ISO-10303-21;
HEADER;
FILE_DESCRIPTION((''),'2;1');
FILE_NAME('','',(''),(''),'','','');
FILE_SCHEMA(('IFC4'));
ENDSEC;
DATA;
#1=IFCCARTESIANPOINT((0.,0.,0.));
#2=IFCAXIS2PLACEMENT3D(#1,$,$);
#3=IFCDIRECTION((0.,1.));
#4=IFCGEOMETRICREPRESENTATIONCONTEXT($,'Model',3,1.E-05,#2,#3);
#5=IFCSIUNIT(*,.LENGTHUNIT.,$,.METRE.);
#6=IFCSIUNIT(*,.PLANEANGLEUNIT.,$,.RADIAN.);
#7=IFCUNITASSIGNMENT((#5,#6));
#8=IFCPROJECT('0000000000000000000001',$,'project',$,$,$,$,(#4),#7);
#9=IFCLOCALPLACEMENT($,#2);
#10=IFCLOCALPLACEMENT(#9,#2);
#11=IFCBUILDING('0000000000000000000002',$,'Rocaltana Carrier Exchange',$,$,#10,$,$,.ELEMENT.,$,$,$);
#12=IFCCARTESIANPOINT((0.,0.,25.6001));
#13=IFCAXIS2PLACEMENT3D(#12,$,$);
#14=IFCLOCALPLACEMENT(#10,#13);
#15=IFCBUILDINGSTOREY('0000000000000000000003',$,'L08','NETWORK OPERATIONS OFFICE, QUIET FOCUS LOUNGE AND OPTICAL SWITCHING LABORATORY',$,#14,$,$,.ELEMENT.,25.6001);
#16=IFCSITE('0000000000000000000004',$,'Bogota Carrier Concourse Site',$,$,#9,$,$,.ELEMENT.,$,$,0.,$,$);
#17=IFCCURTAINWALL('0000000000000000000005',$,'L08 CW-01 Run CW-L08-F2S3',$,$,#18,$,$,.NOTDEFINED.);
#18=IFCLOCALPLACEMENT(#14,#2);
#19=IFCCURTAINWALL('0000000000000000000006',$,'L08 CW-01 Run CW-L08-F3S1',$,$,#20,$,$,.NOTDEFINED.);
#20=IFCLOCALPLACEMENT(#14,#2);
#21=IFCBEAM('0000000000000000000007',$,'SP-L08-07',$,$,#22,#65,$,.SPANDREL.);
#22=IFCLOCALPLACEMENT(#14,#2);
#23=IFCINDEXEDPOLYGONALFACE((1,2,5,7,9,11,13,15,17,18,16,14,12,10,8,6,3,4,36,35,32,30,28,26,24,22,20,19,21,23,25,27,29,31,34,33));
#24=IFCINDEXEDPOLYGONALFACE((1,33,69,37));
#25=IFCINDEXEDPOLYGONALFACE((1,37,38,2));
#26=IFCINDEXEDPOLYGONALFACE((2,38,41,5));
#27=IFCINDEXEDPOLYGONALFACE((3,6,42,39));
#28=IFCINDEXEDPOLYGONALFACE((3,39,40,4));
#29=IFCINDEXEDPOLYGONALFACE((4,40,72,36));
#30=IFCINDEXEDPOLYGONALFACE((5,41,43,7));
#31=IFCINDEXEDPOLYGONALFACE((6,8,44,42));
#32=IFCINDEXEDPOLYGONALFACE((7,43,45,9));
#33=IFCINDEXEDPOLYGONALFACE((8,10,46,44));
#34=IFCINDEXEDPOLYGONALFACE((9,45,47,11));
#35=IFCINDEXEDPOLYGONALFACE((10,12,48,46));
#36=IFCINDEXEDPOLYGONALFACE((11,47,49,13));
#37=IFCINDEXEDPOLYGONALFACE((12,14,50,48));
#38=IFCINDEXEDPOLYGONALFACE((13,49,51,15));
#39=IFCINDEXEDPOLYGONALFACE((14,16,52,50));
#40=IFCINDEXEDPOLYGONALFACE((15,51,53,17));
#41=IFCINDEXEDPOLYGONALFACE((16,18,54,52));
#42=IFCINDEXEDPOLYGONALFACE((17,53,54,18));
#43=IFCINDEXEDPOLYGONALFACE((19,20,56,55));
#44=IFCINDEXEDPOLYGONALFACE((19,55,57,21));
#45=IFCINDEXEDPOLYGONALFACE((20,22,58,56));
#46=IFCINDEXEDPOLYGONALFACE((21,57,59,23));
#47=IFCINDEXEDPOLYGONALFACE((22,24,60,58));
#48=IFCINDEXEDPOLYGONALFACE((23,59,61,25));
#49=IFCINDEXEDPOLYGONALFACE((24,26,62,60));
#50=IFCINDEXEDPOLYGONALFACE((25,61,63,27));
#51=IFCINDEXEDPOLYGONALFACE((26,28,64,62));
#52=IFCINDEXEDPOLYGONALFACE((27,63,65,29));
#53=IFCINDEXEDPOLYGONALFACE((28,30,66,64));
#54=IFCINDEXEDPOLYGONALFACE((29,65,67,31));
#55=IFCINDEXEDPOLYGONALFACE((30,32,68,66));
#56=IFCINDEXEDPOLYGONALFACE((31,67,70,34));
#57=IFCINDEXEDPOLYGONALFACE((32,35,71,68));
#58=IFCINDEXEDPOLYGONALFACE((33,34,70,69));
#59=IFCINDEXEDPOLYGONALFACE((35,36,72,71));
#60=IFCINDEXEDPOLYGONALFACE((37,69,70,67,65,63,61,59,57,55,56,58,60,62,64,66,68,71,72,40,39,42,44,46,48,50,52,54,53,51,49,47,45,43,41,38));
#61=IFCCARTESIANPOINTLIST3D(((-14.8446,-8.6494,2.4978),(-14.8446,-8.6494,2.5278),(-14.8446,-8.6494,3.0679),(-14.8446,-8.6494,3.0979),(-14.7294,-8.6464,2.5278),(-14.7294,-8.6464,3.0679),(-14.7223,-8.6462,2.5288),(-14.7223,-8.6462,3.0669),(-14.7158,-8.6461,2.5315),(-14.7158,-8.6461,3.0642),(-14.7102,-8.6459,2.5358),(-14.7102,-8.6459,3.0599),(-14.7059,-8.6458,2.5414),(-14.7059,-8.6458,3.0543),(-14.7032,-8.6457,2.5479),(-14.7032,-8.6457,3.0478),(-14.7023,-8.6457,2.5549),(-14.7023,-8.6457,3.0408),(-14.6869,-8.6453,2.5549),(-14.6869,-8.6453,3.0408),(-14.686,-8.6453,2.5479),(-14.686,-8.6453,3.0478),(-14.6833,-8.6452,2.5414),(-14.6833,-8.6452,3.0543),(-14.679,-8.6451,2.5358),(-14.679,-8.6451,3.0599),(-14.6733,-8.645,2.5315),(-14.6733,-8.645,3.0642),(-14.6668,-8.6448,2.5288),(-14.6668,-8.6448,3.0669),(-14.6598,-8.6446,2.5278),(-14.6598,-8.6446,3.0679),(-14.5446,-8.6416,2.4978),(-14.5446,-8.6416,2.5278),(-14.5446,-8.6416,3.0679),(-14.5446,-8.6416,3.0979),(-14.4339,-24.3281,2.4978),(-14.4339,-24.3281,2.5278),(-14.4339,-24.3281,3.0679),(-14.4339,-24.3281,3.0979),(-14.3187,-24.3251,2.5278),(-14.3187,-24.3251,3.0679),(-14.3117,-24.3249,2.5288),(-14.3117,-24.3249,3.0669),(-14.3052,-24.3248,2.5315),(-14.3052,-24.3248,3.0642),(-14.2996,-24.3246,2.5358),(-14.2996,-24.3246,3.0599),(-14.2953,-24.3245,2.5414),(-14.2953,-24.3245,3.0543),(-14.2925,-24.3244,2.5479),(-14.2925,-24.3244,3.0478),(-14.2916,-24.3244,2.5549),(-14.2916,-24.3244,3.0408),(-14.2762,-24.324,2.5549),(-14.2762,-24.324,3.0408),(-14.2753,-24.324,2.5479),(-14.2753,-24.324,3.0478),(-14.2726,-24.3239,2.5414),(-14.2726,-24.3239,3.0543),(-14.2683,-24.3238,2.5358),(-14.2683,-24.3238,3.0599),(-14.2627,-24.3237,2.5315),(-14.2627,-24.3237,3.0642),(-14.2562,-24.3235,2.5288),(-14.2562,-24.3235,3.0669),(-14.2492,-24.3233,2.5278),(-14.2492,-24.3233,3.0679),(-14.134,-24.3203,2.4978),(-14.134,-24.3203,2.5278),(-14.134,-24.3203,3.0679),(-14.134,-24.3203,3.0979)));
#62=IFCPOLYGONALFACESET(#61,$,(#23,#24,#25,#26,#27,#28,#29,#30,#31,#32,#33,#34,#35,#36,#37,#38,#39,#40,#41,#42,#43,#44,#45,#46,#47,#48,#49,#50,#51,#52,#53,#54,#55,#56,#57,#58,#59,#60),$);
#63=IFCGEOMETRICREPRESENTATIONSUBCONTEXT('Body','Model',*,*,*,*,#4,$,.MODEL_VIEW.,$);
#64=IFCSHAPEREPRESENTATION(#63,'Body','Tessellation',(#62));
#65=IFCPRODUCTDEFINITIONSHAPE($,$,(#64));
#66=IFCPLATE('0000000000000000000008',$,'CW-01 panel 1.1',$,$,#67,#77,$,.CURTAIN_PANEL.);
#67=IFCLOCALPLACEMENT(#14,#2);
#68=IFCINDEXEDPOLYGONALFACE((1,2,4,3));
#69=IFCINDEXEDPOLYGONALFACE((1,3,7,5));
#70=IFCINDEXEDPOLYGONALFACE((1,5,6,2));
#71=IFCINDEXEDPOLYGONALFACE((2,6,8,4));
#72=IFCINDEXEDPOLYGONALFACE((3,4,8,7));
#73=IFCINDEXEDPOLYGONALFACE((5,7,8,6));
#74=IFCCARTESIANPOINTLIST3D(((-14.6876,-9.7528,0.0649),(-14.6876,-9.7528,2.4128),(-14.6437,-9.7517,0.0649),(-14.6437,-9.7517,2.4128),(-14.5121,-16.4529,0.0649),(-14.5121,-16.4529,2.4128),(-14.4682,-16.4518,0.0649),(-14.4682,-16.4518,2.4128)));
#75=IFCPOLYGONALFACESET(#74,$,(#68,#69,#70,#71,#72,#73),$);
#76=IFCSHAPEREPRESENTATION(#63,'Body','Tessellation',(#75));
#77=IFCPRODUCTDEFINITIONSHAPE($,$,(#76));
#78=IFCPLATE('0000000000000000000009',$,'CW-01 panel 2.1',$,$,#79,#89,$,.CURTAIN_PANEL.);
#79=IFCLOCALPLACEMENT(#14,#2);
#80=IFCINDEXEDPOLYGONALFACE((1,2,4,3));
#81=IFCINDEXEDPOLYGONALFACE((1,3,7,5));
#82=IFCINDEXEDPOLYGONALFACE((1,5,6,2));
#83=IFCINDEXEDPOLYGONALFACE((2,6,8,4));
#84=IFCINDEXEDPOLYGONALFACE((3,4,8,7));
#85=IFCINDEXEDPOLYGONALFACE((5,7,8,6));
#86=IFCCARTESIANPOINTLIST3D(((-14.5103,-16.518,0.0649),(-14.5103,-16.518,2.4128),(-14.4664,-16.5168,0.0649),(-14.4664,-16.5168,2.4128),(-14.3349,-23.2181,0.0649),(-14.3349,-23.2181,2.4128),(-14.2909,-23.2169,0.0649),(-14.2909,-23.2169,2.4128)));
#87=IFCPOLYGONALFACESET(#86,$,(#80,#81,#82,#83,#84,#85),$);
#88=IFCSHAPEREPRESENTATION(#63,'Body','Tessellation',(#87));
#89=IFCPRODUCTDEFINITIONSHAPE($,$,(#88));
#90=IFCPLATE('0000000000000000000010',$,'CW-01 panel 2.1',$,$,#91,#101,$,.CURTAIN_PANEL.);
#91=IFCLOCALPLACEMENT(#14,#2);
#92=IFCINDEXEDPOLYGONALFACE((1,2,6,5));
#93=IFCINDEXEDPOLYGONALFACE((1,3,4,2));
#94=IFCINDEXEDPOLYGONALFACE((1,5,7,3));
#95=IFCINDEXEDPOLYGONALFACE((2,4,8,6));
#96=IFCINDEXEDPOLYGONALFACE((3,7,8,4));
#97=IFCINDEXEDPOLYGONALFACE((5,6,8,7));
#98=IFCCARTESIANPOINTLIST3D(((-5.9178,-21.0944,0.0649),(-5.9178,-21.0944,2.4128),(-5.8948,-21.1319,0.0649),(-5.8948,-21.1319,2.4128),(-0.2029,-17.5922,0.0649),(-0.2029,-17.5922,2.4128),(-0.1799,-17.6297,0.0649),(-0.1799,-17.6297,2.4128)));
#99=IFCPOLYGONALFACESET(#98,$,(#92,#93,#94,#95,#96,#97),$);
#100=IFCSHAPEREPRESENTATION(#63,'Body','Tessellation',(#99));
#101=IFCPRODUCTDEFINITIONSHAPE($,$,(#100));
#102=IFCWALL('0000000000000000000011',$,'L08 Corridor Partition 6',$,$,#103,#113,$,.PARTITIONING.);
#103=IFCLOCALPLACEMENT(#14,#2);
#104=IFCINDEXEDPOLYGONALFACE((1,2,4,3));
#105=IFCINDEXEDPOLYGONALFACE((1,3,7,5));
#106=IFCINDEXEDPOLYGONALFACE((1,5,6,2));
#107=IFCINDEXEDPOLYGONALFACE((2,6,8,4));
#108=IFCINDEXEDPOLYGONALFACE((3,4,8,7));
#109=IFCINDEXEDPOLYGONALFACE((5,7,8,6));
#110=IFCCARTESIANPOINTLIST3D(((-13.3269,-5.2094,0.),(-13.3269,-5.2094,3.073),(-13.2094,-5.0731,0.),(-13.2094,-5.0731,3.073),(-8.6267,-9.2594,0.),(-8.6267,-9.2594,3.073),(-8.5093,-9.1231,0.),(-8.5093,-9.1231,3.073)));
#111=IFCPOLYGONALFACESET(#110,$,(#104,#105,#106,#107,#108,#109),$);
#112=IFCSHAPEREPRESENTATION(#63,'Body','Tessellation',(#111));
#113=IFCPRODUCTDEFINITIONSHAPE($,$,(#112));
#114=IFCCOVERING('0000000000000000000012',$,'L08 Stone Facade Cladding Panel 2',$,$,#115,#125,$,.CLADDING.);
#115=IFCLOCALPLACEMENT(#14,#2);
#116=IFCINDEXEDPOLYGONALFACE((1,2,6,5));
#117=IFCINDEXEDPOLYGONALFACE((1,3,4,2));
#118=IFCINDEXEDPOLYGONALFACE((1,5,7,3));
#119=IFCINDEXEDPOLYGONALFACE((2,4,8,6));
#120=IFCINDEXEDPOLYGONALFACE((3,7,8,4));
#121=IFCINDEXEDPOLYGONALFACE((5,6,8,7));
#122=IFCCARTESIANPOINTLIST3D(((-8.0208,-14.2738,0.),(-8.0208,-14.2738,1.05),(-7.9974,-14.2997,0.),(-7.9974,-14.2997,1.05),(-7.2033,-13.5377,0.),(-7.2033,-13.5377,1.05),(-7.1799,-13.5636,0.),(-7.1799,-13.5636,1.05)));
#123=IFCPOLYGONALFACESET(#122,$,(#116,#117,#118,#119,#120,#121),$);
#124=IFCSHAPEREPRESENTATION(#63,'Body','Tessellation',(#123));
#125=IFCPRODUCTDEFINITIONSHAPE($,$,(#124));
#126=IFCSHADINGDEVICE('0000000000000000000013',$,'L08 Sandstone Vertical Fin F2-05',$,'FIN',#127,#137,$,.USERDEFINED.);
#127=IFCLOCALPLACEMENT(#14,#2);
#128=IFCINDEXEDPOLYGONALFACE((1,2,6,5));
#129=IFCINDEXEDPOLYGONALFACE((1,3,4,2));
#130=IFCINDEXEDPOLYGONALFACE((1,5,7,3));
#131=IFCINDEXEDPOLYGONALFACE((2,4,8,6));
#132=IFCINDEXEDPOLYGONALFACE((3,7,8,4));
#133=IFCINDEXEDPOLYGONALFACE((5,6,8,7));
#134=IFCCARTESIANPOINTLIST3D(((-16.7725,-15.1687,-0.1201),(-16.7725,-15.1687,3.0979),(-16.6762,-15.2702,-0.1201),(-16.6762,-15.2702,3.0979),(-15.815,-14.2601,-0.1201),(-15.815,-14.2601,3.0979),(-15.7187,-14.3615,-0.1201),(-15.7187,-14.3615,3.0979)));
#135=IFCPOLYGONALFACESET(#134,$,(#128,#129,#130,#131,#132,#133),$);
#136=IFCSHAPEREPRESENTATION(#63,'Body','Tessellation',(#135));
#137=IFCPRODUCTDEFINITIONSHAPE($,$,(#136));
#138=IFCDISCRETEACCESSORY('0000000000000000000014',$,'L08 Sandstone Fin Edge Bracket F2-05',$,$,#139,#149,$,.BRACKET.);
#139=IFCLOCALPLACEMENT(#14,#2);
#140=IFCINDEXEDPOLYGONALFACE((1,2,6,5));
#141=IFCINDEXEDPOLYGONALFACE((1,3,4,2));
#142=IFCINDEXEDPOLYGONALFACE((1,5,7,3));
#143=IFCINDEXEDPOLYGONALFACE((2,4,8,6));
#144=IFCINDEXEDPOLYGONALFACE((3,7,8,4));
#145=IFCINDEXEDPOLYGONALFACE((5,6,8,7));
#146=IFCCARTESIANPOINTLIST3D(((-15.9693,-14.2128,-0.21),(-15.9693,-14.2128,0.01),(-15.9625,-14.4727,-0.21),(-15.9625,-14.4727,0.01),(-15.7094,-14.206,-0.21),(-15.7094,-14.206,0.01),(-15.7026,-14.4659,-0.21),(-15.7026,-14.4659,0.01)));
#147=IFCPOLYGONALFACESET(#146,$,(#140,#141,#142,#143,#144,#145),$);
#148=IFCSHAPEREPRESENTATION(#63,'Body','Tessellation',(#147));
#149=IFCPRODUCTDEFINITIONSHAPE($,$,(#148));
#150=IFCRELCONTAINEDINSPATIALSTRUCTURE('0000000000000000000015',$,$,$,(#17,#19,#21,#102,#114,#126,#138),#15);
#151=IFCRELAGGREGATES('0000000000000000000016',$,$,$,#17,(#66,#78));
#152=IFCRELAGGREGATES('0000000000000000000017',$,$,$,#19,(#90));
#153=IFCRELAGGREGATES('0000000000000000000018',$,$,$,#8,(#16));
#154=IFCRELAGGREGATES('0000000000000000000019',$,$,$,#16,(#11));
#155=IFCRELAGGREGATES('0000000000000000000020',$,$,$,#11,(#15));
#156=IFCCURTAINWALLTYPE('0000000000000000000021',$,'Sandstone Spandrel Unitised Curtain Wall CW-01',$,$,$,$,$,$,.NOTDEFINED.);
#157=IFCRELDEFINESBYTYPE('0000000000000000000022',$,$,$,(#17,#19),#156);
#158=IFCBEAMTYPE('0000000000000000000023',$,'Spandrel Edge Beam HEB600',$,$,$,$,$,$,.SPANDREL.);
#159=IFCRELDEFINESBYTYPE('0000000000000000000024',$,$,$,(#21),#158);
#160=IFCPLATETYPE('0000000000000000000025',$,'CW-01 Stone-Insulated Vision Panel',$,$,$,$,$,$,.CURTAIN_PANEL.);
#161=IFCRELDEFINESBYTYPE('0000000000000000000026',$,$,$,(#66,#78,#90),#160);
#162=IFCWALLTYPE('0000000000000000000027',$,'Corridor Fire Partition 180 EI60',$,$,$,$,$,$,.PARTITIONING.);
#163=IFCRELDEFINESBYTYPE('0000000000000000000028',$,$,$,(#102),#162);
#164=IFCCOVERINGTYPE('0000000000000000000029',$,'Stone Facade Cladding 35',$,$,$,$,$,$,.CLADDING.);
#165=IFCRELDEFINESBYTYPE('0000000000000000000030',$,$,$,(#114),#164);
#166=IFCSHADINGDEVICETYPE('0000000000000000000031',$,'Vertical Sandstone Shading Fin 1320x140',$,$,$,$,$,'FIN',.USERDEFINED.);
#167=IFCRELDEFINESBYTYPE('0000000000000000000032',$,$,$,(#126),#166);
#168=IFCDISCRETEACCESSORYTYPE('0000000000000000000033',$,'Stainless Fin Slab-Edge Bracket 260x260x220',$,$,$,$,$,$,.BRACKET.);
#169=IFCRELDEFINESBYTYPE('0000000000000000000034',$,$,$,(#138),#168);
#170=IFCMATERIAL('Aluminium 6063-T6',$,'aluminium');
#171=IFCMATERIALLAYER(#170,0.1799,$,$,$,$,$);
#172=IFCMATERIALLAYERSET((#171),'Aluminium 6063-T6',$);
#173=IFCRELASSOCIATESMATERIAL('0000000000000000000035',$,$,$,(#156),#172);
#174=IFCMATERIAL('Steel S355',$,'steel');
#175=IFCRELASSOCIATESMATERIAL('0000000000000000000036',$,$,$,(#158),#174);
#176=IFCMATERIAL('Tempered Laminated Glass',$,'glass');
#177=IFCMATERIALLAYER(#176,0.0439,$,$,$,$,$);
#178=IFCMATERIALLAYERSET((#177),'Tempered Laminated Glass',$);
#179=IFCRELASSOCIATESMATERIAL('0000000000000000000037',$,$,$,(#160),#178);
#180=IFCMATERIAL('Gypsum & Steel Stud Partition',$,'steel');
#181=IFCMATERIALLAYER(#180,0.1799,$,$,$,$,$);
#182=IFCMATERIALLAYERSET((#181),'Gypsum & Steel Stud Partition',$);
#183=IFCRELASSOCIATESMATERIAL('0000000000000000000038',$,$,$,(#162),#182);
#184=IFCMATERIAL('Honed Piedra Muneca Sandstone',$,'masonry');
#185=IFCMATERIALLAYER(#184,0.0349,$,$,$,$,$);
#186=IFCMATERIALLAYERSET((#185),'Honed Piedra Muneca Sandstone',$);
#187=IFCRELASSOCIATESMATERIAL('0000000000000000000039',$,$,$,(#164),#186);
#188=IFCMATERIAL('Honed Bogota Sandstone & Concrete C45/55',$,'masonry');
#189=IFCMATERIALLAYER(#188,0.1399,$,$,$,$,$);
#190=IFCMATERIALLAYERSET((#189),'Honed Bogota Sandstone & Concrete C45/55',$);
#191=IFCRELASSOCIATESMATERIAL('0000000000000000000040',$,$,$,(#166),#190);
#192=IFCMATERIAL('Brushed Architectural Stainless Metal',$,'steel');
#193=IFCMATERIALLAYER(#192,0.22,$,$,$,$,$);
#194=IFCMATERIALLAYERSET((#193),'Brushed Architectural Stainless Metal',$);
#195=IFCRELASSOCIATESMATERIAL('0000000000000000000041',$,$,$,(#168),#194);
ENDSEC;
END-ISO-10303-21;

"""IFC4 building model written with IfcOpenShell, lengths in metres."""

from ifc_helpers import new_model, si_unit, direction, frame, frame_2d, origin, origin_2d, place, context, subcontext, project, spatial, rectangle, i_section, extrude, material, layer, layer_set, material_profile, profile_set, type_object, element, aggregate, save


model = new_model("IFC4")

# Units and contexts
model_context = context("Model", 3, precision=1e-05, world=origin(), true_north=direction((0.0, 1.0)))
body_context = subcontext(model_context, "Body", "Model", "MODEL_VIEW")
ifc_project = project(units=[si_unit("LENGTHUNIT", "METRE"), si_unit("PLANEANGLEUNIT", "RADIAN")], contexts=[model_context])

# Site, building, storey
site_placement = place(None, origin())
site = spatial("IfcSite", under=ifc_project, at=site_placement, Name="Bogota Carrier Concourse Site", CompositionType="ELEMENT", RefElevation=0.0)
building_placement = place(site_placement, origin())
building = spatial("IfcBuilding", under=site, at=building_placement, Name="Rocaltana Carrier Exchange", CompositionType="ELEMENT")
storey_placement = place(building_placement, frame((0.0, 0.0, 25.6001)))
storey = spatial("IfcBuildingStorey", under=building, at=storey_placement, Name="L08", Description="NETWORK OPERATIONS OFFICE, QUIET FOCUS LOUNGE AND OPTICAL SWITCHING LABORATORY", CompositionType="ELEMENT", Elevation=25.6001)

# Curtain wall
ifc_material_1 = material(Name="Aluminium 6063-T6", Category="aluminium")
ifc_layer_1 = layer(ifc_material_1, 0.1799)
ifc_layer_set_1 = layer_set([ifc_layer_1], Name="Aluminium 6063-T6")
curtain_wall_type = type_object("IfcCurtainWallType", Name="Sandstone Spandrel Unitised Curtain Wall CW-01", PredefinedType="NOTDEFINED", material=ifc_layer_set_1)
curtain_wall_1_placement = place(storey_placement, origin())
curtain_wall_1 = element("IfcCurtainWall", 1, at=curtain_wall_1_placement, inside=storey, type_object=curtain_wall_type, Name="L08 CW-01 Run CW-L08-F2S3", PredefinedType="NOTDEFINED")

# Curtain wall
curtain_wall_2_placement = place(storey_placement, origin())
curtain_wall_2 = element("IfcCurtainWall", 2, at=curtain_wall_2_placement, inside=storey, type_object=curtain_wall_type, Name="L08 CW-01 Run CW-L08-F3S1", PredefinedType="NOTDEFINED")

# Beam
ifc_material_2 = material(Name="Steel S355", Category="steel")
ifc_material_profile_1 = material_profile(ifc_material_2, i_section(OverallWidth=0.3, OverallDepth=0.6001, WebThickness=0.0154, FlangeThickness=0.03, FilletRadius=0.0271, at=origin_2d()), Name="HEB600")
ifc_profile_set_1 = profile_set([ifc_material_profile_1], Name="Steel S355")
beam_type_1 = type_object("IfcBeamType", Name="Spandrel Edge Beam HEB600", PredefinedType="SPANDREL", material=ifc_profile_set_1)
beam_1_placement = place(storey_placement, frame((-14.6946, -8.6455, 2.7979), z_axis=(0.026182, -0.999657, 0.0), x_axis=(0.999657, 0.026182, 0.0)))
element("IfcBeam", 3, at=beam_1_placement, inside=storey, type_object=beam_type_1, Name="SP-L08-07", PredefinedType="SPANDREL", context=body_context, shape_type="SweptSolid", body=[
    extrude(i_section(OverallWidth=0.3, OverallDepth=0.6001, WebThickness=0.0154, FlangeThickness=0.03, FilletRadius=0.0271, at=origin_2d()), origin(), (0.0, 0.0, 1.0), 15.6841),
])

# Plates
ifc_material_3 = material(Name="Tempered Laminated Glass", Category="glass")
ifc_layer_2 = layer(ifc_material_3, 0.0439)
ifc_layer_set_2 = layer_set([ifc_layer_2], Name="Tempered Laminated Glass")
plate_type = type_object("IfcPlateType", Name="CW-01 Stone-Insulated Vision Panel", PredefinedType="CURTAIN_PANEL", material=ifc_layer_set_2)
plate_1_placement = place(storey_placement, frame((-14.5779, -13.1023, 0.0649), z_axis=(0.0, 0.0, 1.0), x_axis=(0.026184, -0.999657, 0.0)))
plate_1 = element("IfcPlate", 4, at=plate_1_placement, type_object=plate_type, Name="CW-01 panel 1.1", PredefinedType="CURTAIN_PANEL", context=body_context, shape_type="SweptSolid", body=[
    extrude(rectangle(XDim=6.7024, YDim=0.0439, at=origin_2d()), origin(), (0.0, 0.0, 1.0), 2.3479),
])
plate_2_placement = place(storey_placement, frame((-14.4006, -19.8674, 0.0649), z_axis=(0.0, 0.0, 1.0), x_axis=(0.026184, -0.999657, 0.0)))
plate_2 = element("IfcPlate", 5, at=plate_2_placement, type_object=plate_type, Name="CW-01 panel 2.1", PredefinedType="CURTAIN_PANEL", context=body_context, shape_type="SweptSolid", body=[
    extrude(rectangle(XDim=6.7024, YDim=0.0439, at=origin_2d()), origin(), (0.0, 0.0, 1.0), 2.3479),
])
aggregate(curtain_wall_1, [plate_1, plate_2])
plate_3_placement = place(storey_placement, frame((-3.0488, -19.3621, 0.0649), z_axis=(0.0, 0.0, 1.0), x_axis=(0.852636, 0.522505, 0.0)))
plate_3 = element("IfcPlate", 6, at=plate_3_placement, type_object=plate_type, Name="CW-01 panel 2.1", PredefinedType="CURTAIN_PANEL", context=body_context, shape_type="SweptSolid", body=[
    extrude(rectangle(XDim=6.7026, YDim=0.0439, at=origin_2d()), origin(), (0.0, 0.0, 1.0), 2.3479),
])
aggregate(curtain_wall_2, [plate_3])

# Wall
ifc_material_4 = material(Name="Gypsum & Steel Stud Partition", Category="steel")
ifc_layer_3 = layer(ifc_material_4, 0.1799)
ifc_layer_set_3 = layer_set([ifc_layer_3], Name="Gypsum & Steel Stud Partition")
wall_type = type_object("IfcWallType", Name="Corridor Fire Partition 180 EI60", PredefinedType="PARTITIONING", material=ifc_layer_set_3)
wall_placement = place(storey_placement, frame((-8.5681, -9.1912, 0.0), z_axis=(0.0, 0.0, 1.0), x_axis=(-0.757557, 0.652769, 0.0)))
element("IfcWall", 7, at=wall_placement, inside=storey, type_object=wall_type, Name="L08 Corridor Partition 6", PredefinedType="PARTITIONING", context=body_context, shape_type="SweptSolid", body=[
    extrude(rectangle(XDim=6.2043, YDim=0.1799, at=frame_2d((3.1021, 0.0))), origin(), (0.0, 0.0, 1.0), 3.073),
])

# Covering
ifc_material_5 = material(Name="Honed Piedra Muneca Sandstone", Category="masonry")
ifc_layer_4 = layer(ifc_material_5, 0.0349)
ifc_layer_set_4 = layer_set([ifc_layer_4], Name="Honed Piedra Muneca Sandstone")
covering_type = type_object("IfcCoveringType", Name="Stone Facade Cladding 35", PredefinedType="CLADDING", material=ifc_layer_set_4)
covering_placement = place(storey_placement, frame((-7.6003, -13.9187, 0.0), z_axis=(0.0, 0.0, 1.0), x_axis=(0.743145, 0.669131, 0.0)))
element("IfcCovering", 8, at=covering_placement, inside=storey, type_object=covering_type, Name="L08 Stone Facade Cladding Panel 2", PredefinedType="CLADDING", context=body_context, shape_type="SweptSolid", body=[
    extrude(rectangle(XDim=1.1001, YDim=0.0349, at=origin_2d()), origin(), (0.0, 0.0, 1.0), 1.05),
])

# Shading device
ifc_material_6 = material(Name="Honed Bogota Sandstone & Concrete C45/55", Category="masonry")
ifc_layer_5 = layer(ifc_material_6, 0.1399)
ifc_layer_set_5 = layer_set([ifc_layer_5], Name="Honed Bogota Sandstone & Concrete C45/55")
shading_device_type = type_object("IfcShadingDeviceType", Name="Vertical Sandstone Shading Fin 1320x140", ElementType="FIN", PredefinedType="USERDEFINED", material=ifc_layer_set_5)
shading_device_placement = place(storey_placement, frame((-16.2456, -14.7651, -0.1201), z_axis=(0.0, 0.0, 1.0), x_axis=(-0.725374, -0.688355, 0.0)))
element("IfcShadingDevice", 9, at=shading_device_placement, inside=storey, type_object=shading_device_type, Name="L08 Sandstone Vertical Fin F2-05", ObjectType="FIN", PredefinedType="USERDEFINED", context=body_context, shape_type="SweptSolid", body=[
    extrude(rectangle(XDim=1.3201, YDim=0.1399, at=origin_2d()), origin(), (0.0, 0.0, 1.0), 3.218),
])

# Discrete accessory
ifc_material_7 = material(Name="Brushed Architectural Stainless Metal", Category="steel")
ifc_layer_6 = layer(ifc_material_7, 0.22)
ifc_layer_set_6 = layer_set([ifc_layer_6], Name="Brushed Architectural Stainless Metal")
discrete_accessory_type = type_object("IfcDiscreteAccessoryType", Name="Stainless Fin Slab-Edge Bracket 260x260x220", PredefinedType="BRACKET", material=ifc_layer_set_6)
discrete_accessory_placement = place(storey_placement, frame((-15.8359, -14.3394, -0.21), z_axis=(0.0, 0.0, 1.0), x_axis=(0.026177, -0.999657, 0.0)))
element("IfcDiscreteAccessory", 10, at=discrete_accessory_placement, inside=storey, type_object=discrete_accessory_type, Name="L08 Sandstone Fin Edge Bracket F2-05", PredefinedType="BRACKET", context=body_context, shape_type="SweptSolid", body=[
    extrude(rectangle(XDim=0.26, YDim=0.26, at=origin_2d()), origin(), (0.0, 0.0, 1.0), 0.22),
])

save(model, "model.ifc")
